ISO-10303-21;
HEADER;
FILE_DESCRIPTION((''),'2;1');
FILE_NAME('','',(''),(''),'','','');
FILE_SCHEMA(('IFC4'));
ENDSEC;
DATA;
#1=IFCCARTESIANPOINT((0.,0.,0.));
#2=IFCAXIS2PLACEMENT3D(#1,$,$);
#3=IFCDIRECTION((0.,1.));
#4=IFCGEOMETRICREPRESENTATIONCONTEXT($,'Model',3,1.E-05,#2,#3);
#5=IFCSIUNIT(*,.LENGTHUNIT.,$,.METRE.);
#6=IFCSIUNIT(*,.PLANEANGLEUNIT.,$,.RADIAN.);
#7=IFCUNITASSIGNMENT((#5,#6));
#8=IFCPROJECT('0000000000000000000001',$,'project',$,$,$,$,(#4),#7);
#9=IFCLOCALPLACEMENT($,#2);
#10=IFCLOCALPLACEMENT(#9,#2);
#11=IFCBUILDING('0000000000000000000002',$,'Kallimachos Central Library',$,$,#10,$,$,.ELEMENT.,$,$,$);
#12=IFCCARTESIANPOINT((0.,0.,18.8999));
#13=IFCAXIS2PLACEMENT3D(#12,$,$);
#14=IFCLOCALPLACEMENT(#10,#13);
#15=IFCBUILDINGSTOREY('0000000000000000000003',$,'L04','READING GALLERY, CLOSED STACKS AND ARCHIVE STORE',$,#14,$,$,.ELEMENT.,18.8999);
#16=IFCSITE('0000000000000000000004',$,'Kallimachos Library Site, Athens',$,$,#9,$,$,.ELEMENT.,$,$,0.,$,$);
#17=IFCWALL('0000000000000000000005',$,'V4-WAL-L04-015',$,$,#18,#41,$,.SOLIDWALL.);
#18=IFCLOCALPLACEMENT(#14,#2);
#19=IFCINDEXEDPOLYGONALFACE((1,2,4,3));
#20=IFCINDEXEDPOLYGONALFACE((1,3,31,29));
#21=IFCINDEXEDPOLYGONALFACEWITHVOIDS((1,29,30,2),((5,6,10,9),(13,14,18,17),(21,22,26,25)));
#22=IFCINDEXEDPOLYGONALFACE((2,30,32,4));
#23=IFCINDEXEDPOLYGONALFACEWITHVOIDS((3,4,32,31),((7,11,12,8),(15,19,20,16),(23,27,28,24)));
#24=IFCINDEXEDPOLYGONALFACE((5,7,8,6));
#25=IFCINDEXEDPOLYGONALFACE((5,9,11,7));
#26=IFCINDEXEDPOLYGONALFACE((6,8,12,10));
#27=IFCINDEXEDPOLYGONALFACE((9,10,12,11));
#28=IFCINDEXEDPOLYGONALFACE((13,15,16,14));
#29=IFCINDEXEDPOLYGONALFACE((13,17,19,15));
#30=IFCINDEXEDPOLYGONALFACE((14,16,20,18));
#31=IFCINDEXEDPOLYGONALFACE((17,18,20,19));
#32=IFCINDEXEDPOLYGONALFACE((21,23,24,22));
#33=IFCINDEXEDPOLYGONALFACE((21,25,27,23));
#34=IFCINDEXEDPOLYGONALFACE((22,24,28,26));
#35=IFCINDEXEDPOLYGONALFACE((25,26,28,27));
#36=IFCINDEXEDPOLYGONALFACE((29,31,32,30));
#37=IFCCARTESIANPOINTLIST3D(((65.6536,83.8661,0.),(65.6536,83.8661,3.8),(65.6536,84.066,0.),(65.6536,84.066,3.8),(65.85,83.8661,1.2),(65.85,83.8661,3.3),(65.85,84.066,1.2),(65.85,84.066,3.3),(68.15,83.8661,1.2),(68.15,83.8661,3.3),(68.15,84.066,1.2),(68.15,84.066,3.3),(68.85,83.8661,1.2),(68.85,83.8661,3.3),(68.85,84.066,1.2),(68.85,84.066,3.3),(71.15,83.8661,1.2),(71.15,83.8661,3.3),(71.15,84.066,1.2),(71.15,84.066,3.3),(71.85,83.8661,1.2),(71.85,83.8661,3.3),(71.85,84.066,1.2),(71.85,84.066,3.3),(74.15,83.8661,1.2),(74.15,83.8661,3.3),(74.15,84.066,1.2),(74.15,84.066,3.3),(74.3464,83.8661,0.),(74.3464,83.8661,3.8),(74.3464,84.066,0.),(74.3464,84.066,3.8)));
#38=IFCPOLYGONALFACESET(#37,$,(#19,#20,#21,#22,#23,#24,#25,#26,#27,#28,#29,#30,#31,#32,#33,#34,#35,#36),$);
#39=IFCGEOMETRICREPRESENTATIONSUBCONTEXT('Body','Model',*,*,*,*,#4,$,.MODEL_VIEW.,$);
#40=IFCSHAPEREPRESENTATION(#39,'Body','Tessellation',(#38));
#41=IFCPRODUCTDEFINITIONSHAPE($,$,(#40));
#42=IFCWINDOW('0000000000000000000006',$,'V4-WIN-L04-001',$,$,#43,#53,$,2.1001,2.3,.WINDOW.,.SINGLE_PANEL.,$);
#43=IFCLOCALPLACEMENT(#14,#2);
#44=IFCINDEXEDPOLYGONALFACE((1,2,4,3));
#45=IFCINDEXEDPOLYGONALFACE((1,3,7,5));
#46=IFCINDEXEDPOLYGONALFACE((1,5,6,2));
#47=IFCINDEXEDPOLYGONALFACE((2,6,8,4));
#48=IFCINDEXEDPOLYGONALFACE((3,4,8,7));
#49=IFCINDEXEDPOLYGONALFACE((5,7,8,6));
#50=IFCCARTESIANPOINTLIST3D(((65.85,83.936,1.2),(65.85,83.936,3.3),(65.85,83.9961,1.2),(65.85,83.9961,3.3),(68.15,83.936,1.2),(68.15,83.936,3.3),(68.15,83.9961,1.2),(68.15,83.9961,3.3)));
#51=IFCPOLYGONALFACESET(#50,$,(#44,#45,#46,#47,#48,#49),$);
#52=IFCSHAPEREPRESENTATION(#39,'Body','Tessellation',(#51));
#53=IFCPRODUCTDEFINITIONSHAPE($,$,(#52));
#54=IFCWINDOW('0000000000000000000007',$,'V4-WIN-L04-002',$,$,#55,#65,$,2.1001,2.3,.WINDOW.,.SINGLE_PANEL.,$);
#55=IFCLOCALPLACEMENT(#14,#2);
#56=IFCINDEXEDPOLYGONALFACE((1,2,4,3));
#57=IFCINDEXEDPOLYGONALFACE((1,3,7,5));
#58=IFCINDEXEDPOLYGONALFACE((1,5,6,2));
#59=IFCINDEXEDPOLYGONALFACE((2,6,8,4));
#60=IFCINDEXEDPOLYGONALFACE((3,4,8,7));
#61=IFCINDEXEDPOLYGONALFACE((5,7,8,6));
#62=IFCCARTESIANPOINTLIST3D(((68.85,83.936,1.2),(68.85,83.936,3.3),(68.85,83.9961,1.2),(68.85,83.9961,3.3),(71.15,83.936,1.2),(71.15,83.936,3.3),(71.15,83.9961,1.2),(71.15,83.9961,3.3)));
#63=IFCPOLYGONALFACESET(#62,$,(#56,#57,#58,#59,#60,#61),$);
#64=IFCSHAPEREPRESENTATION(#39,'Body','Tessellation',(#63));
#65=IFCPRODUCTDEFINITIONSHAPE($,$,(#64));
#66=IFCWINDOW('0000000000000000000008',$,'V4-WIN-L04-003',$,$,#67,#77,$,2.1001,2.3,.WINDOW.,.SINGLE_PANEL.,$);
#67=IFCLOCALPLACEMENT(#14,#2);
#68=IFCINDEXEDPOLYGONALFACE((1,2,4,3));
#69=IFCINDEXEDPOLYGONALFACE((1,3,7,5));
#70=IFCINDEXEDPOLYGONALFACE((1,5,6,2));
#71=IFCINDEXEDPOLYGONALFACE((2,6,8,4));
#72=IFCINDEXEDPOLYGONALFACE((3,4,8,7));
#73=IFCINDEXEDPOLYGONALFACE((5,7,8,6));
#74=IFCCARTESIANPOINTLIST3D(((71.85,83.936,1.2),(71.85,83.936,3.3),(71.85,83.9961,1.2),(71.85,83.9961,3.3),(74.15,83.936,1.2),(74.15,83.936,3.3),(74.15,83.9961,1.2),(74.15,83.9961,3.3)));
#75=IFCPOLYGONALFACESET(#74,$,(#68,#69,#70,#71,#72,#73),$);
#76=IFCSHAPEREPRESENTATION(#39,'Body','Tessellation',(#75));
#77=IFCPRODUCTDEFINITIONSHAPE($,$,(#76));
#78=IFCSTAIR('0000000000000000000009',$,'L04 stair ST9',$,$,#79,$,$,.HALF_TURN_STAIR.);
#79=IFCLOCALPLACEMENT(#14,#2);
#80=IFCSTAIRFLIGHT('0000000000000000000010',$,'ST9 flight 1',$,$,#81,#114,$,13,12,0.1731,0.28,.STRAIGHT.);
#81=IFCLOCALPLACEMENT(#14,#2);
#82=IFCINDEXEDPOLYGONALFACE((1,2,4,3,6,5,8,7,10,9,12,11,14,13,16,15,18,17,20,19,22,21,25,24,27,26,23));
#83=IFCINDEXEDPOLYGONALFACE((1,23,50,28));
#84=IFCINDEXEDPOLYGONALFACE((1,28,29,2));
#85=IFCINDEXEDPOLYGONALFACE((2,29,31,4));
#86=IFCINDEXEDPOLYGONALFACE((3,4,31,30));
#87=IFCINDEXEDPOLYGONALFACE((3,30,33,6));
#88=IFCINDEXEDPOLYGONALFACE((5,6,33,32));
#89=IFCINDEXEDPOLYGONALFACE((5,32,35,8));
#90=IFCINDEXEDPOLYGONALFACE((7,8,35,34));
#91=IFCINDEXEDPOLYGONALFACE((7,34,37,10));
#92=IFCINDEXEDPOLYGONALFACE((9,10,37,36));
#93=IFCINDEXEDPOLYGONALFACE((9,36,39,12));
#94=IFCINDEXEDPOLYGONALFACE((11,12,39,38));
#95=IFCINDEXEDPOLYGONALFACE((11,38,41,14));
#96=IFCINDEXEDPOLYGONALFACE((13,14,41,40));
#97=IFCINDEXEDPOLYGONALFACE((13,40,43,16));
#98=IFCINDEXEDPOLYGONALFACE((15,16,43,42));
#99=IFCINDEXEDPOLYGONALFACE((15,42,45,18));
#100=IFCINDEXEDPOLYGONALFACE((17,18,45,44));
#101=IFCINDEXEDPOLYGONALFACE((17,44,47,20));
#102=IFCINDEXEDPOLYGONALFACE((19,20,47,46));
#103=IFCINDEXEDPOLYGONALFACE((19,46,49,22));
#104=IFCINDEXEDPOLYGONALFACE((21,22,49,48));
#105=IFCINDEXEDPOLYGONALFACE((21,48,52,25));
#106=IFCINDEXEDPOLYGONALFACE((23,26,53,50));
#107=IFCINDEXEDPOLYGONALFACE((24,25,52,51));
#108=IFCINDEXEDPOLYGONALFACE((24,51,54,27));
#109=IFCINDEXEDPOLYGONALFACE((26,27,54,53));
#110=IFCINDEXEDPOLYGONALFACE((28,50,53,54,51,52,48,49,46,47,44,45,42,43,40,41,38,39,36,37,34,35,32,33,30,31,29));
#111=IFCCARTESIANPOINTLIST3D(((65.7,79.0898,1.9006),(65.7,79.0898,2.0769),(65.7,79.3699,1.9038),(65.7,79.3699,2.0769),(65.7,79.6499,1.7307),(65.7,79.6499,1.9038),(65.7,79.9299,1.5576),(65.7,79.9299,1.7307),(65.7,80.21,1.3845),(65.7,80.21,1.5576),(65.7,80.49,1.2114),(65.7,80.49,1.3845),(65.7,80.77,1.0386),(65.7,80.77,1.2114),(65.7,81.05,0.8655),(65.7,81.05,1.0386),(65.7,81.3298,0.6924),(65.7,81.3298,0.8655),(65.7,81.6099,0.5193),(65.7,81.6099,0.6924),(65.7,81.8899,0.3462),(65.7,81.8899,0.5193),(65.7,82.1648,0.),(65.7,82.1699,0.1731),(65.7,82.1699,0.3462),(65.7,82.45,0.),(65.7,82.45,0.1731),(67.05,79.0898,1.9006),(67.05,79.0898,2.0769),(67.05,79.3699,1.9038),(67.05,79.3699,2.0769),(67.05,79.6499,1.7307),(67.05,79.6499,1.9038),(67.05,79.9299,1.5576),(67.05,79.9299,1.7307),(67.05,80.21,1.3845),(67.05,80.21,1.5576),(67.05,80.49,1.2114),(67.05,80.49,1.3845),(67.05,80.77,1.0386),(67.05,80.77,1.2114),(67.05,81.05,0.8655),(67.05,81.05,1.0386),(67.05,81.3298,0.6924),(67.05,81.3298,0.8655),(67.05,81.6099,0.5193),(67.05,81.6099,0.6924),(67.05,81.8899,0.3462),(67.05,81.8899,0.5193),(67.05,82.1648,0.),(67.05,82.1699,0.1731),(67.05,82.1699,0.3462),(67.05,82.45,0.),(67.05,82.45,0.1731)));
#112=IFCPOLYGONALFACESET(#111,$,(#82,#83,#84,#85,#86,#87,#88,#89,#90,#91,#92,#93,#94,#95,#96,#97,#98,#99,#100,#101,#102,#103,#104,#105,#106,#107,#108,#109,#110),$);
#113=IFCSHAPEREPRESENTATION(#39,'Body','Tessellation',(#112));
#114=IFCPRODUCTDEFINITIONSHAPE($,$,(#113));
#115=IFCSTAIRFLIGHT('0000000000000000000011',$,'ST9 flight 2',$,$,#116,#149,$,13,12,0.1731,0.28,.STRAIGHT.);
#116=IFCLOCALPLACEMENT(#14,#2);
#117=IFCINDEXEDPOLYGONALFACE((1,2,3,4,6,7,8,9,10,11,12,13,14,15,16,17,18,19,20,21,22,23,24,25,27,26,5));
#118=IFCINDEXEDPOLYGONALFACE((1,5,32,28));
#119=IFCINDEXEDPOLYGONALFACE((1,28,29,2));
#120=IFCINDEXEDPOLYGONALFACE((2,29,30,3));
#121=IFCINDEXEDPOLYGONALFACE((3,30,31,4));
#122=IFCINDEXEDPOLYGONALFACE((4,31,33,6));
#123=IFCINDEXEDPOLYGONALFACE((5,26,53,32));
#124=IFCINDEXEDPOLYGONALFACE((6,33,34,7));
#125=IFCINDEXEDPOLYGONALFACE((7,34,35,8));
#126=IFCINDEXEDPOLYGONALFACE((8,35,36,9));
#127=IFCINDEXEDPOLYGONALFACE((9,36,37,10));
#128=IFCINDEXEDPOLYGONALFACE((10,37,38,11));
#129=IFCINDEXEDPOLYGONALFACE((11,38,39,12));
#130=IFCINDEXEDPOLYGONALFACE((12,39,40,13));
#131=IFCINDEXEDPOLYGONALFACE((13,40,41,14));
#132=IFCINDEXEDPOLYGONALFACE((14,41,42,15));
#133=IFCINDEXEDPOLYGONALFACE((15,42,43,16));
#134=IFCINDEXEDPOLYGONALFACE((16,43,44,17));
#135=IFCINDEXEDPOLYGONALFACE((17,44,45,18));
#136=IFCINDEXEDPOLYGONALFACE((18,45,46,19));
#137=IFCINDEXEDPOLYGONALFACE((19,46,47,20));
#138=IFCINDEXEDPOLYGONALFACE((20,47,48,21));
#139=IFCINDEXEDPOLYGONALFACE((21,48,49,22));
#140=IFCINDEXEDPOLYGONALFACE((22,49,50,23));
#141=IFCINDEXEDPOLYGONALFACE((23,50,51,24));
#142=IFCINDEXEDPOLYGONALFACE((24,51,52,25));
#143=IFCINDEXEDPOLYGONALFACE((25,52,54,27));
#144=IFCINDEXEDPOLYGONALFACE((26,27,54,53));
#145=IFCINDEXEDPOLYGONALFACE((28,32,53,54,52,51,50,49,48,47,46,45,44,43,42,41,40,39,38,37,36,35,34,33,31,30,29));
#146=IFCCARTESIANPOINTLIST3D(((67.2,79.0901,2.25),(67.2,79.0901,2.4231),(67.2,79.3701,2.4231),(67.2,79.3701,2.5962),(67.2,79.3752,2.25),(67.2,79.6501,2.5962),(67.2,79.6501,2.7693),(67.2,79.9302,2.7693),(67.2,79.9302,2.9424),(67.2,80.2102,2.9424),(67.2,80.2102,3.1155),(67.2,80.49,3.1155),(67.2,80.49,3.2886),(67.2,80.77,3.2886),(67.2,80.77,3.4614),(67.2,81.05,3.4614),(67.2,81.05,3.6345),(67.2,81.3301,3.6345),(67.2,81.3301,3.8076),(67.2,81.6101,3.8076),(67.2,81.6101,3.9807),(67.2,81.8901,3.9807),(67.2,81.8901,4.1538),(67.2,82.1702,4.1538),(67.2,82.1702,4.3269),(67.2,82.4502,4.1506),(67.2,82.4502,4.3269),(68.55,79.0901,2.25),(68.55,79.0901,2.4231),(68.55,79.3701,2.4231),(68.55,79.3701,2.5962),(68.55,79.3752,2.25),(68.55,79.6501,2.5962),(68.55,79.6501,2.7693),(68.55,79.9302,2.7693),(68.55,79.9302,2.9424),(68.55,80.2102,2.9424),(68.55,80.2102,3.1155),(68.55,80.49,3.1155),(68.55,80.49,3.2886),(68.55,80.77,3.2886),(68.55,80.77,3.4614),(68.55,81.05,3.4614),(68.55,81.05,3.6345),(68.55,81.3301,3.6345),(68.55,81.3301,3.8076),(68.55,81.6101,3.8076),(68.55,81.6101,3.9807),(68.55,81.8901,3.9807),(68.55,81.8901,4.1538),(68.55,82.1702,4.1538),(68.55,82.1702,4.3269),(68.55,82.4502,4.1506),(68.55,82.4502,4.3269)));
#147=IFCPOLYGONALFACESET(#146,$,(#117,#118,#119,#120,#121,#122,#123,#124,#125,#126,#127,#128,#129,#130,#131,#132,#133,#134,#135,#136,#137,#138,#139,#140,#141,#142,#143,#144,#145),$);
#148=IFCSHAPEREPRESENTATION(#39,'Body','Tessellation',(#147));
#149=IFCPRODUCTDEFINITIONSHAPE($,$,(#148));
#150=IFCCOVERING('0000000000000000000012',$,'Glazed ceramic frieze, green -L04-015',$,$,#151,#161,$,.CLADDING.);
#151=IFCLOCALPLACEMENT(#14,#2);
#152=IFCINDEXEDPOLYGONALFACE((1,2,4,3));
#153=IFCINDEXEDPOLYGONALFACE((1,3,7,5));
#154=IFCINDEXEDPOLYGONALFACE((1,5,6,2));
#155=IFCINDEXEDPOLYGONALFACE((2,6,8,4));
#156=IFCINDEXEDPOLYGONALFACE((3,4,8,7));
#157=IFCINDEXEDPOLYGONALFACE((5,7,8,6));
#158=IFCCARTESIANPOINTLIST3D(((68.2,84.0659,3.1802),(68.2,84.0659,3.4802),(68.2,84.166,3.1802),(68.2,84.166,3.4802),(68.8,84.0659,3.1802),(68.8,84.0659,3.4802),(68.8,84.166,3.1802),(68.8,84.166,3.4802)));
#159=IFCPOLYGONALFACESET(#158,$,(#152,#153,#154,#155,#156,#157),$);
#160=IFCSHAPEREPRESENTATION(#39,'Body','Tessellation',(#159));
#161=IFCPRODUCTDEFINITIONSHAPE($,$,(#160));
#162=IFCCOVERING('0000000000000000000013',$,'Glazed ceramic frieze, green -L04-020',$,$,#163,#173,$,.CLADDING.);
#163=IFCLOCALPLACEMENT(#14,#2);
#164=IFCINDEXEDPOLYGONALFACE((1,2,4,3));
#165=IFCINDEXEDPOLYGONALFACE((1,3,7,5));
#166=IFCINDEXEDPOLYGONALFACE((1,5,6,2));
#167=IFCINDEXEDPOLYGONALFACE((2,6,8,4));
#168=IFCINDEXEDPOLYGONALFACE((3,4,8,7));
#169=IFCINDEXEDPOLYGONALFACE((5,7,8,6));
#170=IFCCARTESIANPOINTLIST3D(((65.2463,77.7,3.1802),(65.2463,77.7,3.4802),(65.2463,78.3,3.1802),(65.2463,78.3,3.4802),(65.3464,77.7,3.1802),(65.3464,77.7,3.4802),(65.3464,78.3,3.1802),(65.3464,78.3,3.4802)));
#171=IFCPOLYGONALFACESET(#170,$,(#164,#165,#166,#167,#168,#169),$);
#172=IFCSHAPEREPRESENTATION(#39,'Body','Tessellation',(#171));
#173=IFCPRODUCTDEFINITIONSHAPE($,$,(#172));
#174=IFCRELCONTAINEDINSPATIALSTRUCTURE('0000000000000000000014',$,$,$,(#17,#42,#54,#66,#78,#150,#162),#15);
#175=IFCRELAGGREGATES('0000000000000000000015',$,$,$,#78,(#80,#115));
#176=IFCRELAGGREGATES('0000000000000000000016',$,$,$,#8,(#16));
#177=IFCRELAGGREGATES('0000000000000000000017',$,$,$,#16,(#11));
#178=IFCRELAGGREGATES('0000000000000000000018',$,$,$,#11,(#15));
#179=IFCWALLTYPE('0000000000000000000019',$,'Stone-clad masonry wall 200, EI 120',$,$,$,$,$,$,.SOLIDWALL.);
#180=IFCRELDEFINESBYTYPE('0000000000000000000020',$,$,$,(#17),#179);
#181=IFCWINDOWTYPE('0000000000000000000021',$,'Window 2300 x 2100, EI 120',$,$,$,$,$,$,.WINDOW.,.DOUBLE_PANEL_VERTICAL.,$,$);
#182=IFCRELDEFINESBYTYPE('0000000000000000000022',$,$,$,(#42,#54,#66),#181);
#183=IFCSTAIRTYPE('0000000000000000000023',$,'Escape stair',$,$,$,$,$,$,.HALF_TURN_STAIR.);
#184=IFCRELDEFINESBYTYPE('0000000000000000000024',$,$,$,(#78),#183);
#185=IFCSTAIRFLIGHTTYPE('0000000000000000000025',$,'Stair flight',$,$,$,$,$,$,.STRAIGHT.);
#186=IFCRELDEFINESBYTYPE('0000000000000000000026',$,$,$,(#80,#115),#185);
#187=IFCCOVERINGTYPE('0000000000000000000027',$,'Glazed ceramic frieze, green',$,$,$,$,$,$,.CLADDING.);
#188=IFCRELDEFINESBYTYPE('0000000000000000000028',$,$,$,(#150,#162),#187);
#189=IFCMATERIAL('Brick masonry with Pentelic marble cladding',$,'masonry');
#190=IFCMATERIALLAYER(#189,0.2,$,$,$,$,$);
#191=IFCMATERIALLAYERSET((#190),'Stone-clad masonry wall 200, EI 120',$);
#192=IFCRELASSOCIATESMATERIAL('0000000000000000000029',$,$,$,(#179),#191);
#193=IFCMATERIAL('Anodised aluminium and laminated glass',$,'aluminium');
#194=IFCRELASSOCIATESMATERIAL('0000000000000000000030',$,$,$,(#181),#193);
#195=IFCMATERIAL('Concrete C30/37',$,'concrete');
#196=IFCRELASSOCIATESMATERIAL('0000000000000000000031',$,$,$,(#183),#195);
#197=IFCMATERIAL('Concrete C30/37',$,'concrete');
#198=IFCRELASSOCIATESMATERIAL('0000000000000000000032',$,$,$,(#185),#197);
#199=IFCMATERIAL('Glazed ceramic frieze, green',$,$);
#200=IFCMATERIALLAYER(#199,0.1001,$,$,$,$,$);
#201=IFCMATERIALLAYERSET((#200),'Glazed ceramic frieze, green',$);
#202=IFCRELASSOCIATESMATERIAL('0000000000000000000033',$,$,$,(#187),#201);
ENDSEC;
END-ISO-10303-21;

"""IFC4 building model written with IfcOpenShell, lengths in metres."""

from ifc_helpers import new_model, si_unit, direction, frame, frame_2d, origin, origin_2d, place, context, subcontext, project, spatial, polyline, rectangle, outline, extrude, material, layer, layer_set, type_object, element, fill, aggregate, save


model = new_model("IFC4")

# Units and contexts
model_context = context("Model", 3, precision=1e-05, world=origin(), true_north=direction((0.0, 1.0)))
body_context = subcontext(model_context, "Body", "Model", "MODEL_VIEW")
ifc_project = project(units=[si_unit("LENGTHUNIT", "METRE"), si_unit("PLANEANGLEUNIT", "RADIAN")], contexts=[model_context])

# Site, building, storey
site_placement = place(None, origin())
site = spatial("IfcSite", under=ifc_project, at=site_placement, Name="Kallimachos Library Site, Athens", CompositionType="ELEMENT", RefElevation=0.0)
building_placement = place(site_placement, origin())
building = spatial("IfcBuilding", under=site, at=building_placement, Name="Kallimachos Central Library", CompositionType="ELEMENT")
storey_placement = place(building_placement, frame((0.0, 0.0, 18.8999)))
storey = spatial("IfcBuildingStorey", under=building, at=storey_placement, Name="L04", Description="READING GALLERY, CLOSED STACKS AND ARCHIVE STORE", CompositionType="ELEMENT", Elevation=18.8999)

# Wall, openings, windows
ifc_material_1 = material(Name="Brick masonry with Pentelic marble cladding", Category="masonry")
ifc_layer_1 = layer(ifc_material_1, 0.2)
ifc_layer_set_1 = layer_set([ifc_layer_1], Name="Stone-clad masonry wall 200, EI 120")
wall_type_1 = type_object("IfcWallType", Name="Stone-clad masonry wall 200, EI 120", PredefinedType="SOLIDWALL", material=ifc_layer_set_1)
wall_1_placement = place(storey_placement, frame((65.6536, 83.9661, 0.0), z_axis=(0.0, 0.0, 1.0), x_axis=(1.0, 0.0, 0.0)))
wall_1 = element("IfcWall", 1, at=wall_1_placement, inside=storey, type_object=wall_type_1, Name="V4-WAL-L04-015", PredefinedType="SOLIDWALL", context=body_context, shape_type="SweptSolid", body=[
    extrude(rectangle(XDim=8.6929, YDim=0.2, at=frame_2d((4.3464, 0.0))), origin(), (0.0, 0.0, 1.0), 3.8),
])
opening_1_placement = place(wall_1_placement, frame((0.1965, 0.0, 1.2)))
opening_1 = element("IfcOpeningElement", 2, at=opening_1_placement, cuts=wall_1, PredefinedType="OPENING", context=body_context, shape_type="SweptSolid", body=[
    extrude(rectangle(XDim=2.3, YDim=2.1001, at=frame_2d((1.1499, 1.05))), frame((0.0, 0.1099, 0.0), z_axis=(0.0, -1.0, 0.0), x_axis=(1.0, 0.0, 0.0)), (0.0, 0.0, 1.0), 0.22),
])
opening_2_placement = place(wall_1_placement, frame((3.1965, 0.0, 1.2)))
opening_2 = element("IfcOpeningElement", 3, at=opening_2_placement, cuts=wall_1, PredefinedType="OPENING", context=body_context, shape_type="SweptSolid", body=[
    extrude(rectangle(XDim=2.3, YDim=2.1001, at=frame_2d((1.1499, 1.05))), frame((0.0, 0.1099, 0.0), z_axis=(0.0, -1.0, 0.0), x_axis=(1.0, 0.0, 0.0)), (0.0, 0.0, 1.0), 0.22),
])
opening_3_placement = place(wall_1_placement, frame((6.1965, 0.0, 1.2)))
opening_3 = element("IfcOpeningElement", 4, at=opening_3_placement, cuts=wall_1, PredefinedType="OPENING", context=body_context, shape_type="SweptSolid", body=[
    extrude(rectangle(XDim=2.3, YDim=2.1001, at=frame_2d((1.1499, 1.05))), frame((0.0, 0.1099, 0.0), z_axis=(0.0, -1.0, 0.0), x_axis=(1.0, 0.0, 0.0)), (0.0, 0.0, 1.0), 0.22),
])
ifc_material_2 = material(Name="Anodised aluminium and laminated glass", Category="aluminium")
window_type = type_object("IfcWindowType", Name="Window 2300 x 2100, EI 120", PartitioningType="DOUBLE_PANEL_VERTICAL", PredefinedType="WINDOW", material=ifc_material_2)
window_1_placement = place(opening_1_placement, origin())
window_1 = element("IfcWindow", 5, at=window_1_placement, inside=storey, type_object=window_type, Name="V4-WIN-L04-001", OverallHeight=2.1001, OverallWidth=2.3, PartitioningType="SINGLE_PANEL", PredefinedType="WINDOW", context=body_context, shape_type="SweptSolid", body=[
    extrude(rectangle(XDim=2.3, YDim=2.1001, at=frame_2d((1.1499, 1.05))), frame((0.0, 0.03, 0.0), z_axis=(0.0, -1.0, 0.0), x_axis=(1.0, 0.0, 0.0)), (0.0, 0.0, 1.0), 0.0601),
])
fill(opening_1, window_1)
window_2_placement = place(opening_2_placement, origin())
window_2 = element("IfcWindow", 6, at=window_2_placement, inside=storey, type_object=window_type, Name="V4-WIN-L04-002", OverallHeight=2.1001, OverallWidth=2.3, PartitioningType="SINGLE_PANEL", PredefinedType="WINDOW", context=body_context, shape_type="SweptSolid", body=[
    extrude(rectangle(XDim=2.3, YDim=2.1001, at=frame_2d((1.1499, 1.05))), frame((0.0, 0.03, 0.0), z_axis=(0.0, -1.0, 0.0), x_axis=(1.0, 0.0, 0.0)), (0.0, 0.0, 1.0), 0.0601),
])
fill(opening_2, window_2)
window_3_placement = place(opening_3_placement, origin())
window_3 = element("IfcWindow", 7, at=window_3_placement, inside=storey, type_object=window_type, Name="V4-WIN-L04-003", OverallHeight=2.1001, OverallWidth=2.3, PartitioningType="SINGLE_PANEL", PredefinedType="WINDOW", context=body_context, shape_type="SweptSolid", body=[
    extrude(rectangle(XDim=2.3, YDim=2.1001, at=frame_2d((1.1499, 1.05))), frame((0.0, 0.03, 0.0), z_axis=(0.0, -1.0, 0.0), x_axis=(1.0, 0.0, 0.0)), (0.0, 0.0, 1.0), 0.0601),
])
fill(opening_3, window_3)

# Stair, stair flights
ifc_material_3 = material(Name="Concrete C30/37", Category="concrete")
stair_type = type_object("IfcStairType", Name="Escape stair", PredefinedType="HALF_TURN_STAIR", material=ifc_material_3)
stair_placement = place(storey_placement, origin())
stair = element("IfcStair", 8, at=stair_placement, inside=storey, type_object=stair_type, Name="L04 stair ST9", PredefinedType="HALF_TURN_STAIR")
ifc_material_4 = material(Name="Concrete C30/37", Category="concrete")
stair_flight_type = type_object("IfcStairFlightType", Name="Stair flight", PredefinedType="STRAIGHT", material=ifc_material_4)
stair_flight_1_placement = place(storey_placement, frame((66.375, 82.45, 0.0), z_axis=(0.0, 0.0, 1.0), x_axis=(0.0, -1.0, 0.0)))
stair_flight_1 = element("IfcStairFlight", 9, at=stair_flight_1_placement, type_object=stair_flight_type, Name="ST9 flight 1", NumberOfRisers=13, NumberOfTreads=12, PredefinedType="STRAIGHT", RiserHeight=0.1731, TreadLength=0.28, context=body_context, shape_type="SweptSolid", body=[
    extrude(outline(polyline([(0.0, 0.0), (0.0, 0.1731), (0.28, 0.1731), (0.28, 0.3462), (0.5601, 0.3462), (0.5601, 0.5193), (0.8401, 0.5193), (0.8401, 0.6924), (1.1201, 0.6924), (1.1201, 0.8655), (1.3999, 0.8655), (1.3999, 1.0386), (1.6799, 1.0386), (1.6799, 1.2114), (1.96, 1.2114), (1.96, 1.3845), (2.24, 1.3845), (2.24, 1.5576), (2.52, 1.5576), (2.52, 1.7307), (2.8, 1.7307), (2.8, 1.9038), (3.0801, 1.9038), (3.0801, 2.0769), (3.3601, 2.0769), (3.3601, 2.25), (3.3601, 1.9006), (0.2852, 0.0), (0.0, 0.0)])), frame((0.0, 0.675, 0.0), z_axis=(0.0, -1.0, 0.0), x_axis=(1.0, 0.0, 0.0)), (0.0, 0.0, 1.0), 1.3501),
])
stair_flight_2_placement = place(storey_placement, frame((67.875, 79.0901, 2.25), z_axis=(0.0, 0.0, 1.0), x_axis=(0.0, 1.0, 0.0)))
stair_flight_2 = element("IfcStairFlight", 10, at=stair_flight_2_placement, type_object=stair_flight_type, Name="ST9 flight 2", NumberOfRisers=13, NumberOfTreads=12, PredefinedType="STRAIGHT", RiserHeight=0.1731, TreadLength=0.28, context=body_context, shape_type="SweptSolid", body=[
    extrude(outline(polyline([(0.0, 0.0), (0.0, 0.1731), (0.28, 0.1731), (0.28, 0.3462), (0.5601, 0.3462), (0.5601, 0.5193), (0.8401, 0.5193), (0.8401, 0.6924), (1.1201, 0.6924), (1.1201, 0.8655), (1.3999, 0.8655), (1.3999, 1.0386), (1.6799, 1.0386), (1.6799, 1.2114), (1.96, 1.2114), (1.96, 1.3845), (2.24, 1.3845), (2.24, 1.5576), (2.52, 1.5576), (2.52, 1.7307), (2.8, 1.7307), (2.8, 1.9038), (3.0801, 1.9038), (3.0801, 2.0769), (3.3601, 2.0769), (3.3601, 2.25), (3.3601, 1.9006), (0.2852, 0.0), (0.0, 0.0)])), frame((0.0, 0.675, 0.0), z_axis=(0.0, -1.0, 0.0), x_axis=(1.0, 0.0, 0.0)), (0.0, 0.0, 1.0), 1.3501),
])
aggregate(stair, [stair_flight_1, stair_flight_2])

# Coverings
ifc_material_5 = material(Name="Glazed ceramic frieze, green")
ifc_layer_2 = layer(ifc_material_5, 0.1001)
ifc_layer_set_2 = layer_set([ifc_layer_2], Name="Glazed ceramic frieze, green")
covering_type_1 = type_object("IfcCoveringType", Name="Glazed ceramic frieze, green", PredefinedType="CLADDING", material=ifc_layer_set_2)
covering_1_placement = place(storey_placement, frame((68.5, 84.116, 3.1802), z_axis=(0.0, 0.0, 1.0), x_axis=(1.0, 0.0, 0.0)))
element("IfcCovering", 11, at=covering_1_placement, inside=storey, type_object=covering_type_1, Name="Glazed ceramic frieze, green -L04-015", PredefinedType="CLADDING", context=body_context, shape_type="SweptSolid", body=[
    extrude(rectangle(XDim=0.6001, YDim=0.1001, at=origin_2d()), origin(), (0.0, 0.0, 1.0), 0.3),
])
covering_2_placement = place(storey_placement, frame((65.2964, 78.0, 3.1802), z_axis=(0.0, 0.0, 1.0), x_axis=(1.0, 0.0, 0.0)))
element("IfcCovering", 12, at=covering_2_placement, inside=storey, type_object=covering_type_1, Name="Glazed ceramic frieze, green -L04-020", PredefinedType="CLADDING", context=body_context, shape_type="SweptSolid", body=[
    extrude(rectangle(XDim=0.1001, YDim=0.6001, at=origin_2d()), origin(), (0.0, 0.0, 1.0), 0.3),
])

save(model, "model.ifc")
